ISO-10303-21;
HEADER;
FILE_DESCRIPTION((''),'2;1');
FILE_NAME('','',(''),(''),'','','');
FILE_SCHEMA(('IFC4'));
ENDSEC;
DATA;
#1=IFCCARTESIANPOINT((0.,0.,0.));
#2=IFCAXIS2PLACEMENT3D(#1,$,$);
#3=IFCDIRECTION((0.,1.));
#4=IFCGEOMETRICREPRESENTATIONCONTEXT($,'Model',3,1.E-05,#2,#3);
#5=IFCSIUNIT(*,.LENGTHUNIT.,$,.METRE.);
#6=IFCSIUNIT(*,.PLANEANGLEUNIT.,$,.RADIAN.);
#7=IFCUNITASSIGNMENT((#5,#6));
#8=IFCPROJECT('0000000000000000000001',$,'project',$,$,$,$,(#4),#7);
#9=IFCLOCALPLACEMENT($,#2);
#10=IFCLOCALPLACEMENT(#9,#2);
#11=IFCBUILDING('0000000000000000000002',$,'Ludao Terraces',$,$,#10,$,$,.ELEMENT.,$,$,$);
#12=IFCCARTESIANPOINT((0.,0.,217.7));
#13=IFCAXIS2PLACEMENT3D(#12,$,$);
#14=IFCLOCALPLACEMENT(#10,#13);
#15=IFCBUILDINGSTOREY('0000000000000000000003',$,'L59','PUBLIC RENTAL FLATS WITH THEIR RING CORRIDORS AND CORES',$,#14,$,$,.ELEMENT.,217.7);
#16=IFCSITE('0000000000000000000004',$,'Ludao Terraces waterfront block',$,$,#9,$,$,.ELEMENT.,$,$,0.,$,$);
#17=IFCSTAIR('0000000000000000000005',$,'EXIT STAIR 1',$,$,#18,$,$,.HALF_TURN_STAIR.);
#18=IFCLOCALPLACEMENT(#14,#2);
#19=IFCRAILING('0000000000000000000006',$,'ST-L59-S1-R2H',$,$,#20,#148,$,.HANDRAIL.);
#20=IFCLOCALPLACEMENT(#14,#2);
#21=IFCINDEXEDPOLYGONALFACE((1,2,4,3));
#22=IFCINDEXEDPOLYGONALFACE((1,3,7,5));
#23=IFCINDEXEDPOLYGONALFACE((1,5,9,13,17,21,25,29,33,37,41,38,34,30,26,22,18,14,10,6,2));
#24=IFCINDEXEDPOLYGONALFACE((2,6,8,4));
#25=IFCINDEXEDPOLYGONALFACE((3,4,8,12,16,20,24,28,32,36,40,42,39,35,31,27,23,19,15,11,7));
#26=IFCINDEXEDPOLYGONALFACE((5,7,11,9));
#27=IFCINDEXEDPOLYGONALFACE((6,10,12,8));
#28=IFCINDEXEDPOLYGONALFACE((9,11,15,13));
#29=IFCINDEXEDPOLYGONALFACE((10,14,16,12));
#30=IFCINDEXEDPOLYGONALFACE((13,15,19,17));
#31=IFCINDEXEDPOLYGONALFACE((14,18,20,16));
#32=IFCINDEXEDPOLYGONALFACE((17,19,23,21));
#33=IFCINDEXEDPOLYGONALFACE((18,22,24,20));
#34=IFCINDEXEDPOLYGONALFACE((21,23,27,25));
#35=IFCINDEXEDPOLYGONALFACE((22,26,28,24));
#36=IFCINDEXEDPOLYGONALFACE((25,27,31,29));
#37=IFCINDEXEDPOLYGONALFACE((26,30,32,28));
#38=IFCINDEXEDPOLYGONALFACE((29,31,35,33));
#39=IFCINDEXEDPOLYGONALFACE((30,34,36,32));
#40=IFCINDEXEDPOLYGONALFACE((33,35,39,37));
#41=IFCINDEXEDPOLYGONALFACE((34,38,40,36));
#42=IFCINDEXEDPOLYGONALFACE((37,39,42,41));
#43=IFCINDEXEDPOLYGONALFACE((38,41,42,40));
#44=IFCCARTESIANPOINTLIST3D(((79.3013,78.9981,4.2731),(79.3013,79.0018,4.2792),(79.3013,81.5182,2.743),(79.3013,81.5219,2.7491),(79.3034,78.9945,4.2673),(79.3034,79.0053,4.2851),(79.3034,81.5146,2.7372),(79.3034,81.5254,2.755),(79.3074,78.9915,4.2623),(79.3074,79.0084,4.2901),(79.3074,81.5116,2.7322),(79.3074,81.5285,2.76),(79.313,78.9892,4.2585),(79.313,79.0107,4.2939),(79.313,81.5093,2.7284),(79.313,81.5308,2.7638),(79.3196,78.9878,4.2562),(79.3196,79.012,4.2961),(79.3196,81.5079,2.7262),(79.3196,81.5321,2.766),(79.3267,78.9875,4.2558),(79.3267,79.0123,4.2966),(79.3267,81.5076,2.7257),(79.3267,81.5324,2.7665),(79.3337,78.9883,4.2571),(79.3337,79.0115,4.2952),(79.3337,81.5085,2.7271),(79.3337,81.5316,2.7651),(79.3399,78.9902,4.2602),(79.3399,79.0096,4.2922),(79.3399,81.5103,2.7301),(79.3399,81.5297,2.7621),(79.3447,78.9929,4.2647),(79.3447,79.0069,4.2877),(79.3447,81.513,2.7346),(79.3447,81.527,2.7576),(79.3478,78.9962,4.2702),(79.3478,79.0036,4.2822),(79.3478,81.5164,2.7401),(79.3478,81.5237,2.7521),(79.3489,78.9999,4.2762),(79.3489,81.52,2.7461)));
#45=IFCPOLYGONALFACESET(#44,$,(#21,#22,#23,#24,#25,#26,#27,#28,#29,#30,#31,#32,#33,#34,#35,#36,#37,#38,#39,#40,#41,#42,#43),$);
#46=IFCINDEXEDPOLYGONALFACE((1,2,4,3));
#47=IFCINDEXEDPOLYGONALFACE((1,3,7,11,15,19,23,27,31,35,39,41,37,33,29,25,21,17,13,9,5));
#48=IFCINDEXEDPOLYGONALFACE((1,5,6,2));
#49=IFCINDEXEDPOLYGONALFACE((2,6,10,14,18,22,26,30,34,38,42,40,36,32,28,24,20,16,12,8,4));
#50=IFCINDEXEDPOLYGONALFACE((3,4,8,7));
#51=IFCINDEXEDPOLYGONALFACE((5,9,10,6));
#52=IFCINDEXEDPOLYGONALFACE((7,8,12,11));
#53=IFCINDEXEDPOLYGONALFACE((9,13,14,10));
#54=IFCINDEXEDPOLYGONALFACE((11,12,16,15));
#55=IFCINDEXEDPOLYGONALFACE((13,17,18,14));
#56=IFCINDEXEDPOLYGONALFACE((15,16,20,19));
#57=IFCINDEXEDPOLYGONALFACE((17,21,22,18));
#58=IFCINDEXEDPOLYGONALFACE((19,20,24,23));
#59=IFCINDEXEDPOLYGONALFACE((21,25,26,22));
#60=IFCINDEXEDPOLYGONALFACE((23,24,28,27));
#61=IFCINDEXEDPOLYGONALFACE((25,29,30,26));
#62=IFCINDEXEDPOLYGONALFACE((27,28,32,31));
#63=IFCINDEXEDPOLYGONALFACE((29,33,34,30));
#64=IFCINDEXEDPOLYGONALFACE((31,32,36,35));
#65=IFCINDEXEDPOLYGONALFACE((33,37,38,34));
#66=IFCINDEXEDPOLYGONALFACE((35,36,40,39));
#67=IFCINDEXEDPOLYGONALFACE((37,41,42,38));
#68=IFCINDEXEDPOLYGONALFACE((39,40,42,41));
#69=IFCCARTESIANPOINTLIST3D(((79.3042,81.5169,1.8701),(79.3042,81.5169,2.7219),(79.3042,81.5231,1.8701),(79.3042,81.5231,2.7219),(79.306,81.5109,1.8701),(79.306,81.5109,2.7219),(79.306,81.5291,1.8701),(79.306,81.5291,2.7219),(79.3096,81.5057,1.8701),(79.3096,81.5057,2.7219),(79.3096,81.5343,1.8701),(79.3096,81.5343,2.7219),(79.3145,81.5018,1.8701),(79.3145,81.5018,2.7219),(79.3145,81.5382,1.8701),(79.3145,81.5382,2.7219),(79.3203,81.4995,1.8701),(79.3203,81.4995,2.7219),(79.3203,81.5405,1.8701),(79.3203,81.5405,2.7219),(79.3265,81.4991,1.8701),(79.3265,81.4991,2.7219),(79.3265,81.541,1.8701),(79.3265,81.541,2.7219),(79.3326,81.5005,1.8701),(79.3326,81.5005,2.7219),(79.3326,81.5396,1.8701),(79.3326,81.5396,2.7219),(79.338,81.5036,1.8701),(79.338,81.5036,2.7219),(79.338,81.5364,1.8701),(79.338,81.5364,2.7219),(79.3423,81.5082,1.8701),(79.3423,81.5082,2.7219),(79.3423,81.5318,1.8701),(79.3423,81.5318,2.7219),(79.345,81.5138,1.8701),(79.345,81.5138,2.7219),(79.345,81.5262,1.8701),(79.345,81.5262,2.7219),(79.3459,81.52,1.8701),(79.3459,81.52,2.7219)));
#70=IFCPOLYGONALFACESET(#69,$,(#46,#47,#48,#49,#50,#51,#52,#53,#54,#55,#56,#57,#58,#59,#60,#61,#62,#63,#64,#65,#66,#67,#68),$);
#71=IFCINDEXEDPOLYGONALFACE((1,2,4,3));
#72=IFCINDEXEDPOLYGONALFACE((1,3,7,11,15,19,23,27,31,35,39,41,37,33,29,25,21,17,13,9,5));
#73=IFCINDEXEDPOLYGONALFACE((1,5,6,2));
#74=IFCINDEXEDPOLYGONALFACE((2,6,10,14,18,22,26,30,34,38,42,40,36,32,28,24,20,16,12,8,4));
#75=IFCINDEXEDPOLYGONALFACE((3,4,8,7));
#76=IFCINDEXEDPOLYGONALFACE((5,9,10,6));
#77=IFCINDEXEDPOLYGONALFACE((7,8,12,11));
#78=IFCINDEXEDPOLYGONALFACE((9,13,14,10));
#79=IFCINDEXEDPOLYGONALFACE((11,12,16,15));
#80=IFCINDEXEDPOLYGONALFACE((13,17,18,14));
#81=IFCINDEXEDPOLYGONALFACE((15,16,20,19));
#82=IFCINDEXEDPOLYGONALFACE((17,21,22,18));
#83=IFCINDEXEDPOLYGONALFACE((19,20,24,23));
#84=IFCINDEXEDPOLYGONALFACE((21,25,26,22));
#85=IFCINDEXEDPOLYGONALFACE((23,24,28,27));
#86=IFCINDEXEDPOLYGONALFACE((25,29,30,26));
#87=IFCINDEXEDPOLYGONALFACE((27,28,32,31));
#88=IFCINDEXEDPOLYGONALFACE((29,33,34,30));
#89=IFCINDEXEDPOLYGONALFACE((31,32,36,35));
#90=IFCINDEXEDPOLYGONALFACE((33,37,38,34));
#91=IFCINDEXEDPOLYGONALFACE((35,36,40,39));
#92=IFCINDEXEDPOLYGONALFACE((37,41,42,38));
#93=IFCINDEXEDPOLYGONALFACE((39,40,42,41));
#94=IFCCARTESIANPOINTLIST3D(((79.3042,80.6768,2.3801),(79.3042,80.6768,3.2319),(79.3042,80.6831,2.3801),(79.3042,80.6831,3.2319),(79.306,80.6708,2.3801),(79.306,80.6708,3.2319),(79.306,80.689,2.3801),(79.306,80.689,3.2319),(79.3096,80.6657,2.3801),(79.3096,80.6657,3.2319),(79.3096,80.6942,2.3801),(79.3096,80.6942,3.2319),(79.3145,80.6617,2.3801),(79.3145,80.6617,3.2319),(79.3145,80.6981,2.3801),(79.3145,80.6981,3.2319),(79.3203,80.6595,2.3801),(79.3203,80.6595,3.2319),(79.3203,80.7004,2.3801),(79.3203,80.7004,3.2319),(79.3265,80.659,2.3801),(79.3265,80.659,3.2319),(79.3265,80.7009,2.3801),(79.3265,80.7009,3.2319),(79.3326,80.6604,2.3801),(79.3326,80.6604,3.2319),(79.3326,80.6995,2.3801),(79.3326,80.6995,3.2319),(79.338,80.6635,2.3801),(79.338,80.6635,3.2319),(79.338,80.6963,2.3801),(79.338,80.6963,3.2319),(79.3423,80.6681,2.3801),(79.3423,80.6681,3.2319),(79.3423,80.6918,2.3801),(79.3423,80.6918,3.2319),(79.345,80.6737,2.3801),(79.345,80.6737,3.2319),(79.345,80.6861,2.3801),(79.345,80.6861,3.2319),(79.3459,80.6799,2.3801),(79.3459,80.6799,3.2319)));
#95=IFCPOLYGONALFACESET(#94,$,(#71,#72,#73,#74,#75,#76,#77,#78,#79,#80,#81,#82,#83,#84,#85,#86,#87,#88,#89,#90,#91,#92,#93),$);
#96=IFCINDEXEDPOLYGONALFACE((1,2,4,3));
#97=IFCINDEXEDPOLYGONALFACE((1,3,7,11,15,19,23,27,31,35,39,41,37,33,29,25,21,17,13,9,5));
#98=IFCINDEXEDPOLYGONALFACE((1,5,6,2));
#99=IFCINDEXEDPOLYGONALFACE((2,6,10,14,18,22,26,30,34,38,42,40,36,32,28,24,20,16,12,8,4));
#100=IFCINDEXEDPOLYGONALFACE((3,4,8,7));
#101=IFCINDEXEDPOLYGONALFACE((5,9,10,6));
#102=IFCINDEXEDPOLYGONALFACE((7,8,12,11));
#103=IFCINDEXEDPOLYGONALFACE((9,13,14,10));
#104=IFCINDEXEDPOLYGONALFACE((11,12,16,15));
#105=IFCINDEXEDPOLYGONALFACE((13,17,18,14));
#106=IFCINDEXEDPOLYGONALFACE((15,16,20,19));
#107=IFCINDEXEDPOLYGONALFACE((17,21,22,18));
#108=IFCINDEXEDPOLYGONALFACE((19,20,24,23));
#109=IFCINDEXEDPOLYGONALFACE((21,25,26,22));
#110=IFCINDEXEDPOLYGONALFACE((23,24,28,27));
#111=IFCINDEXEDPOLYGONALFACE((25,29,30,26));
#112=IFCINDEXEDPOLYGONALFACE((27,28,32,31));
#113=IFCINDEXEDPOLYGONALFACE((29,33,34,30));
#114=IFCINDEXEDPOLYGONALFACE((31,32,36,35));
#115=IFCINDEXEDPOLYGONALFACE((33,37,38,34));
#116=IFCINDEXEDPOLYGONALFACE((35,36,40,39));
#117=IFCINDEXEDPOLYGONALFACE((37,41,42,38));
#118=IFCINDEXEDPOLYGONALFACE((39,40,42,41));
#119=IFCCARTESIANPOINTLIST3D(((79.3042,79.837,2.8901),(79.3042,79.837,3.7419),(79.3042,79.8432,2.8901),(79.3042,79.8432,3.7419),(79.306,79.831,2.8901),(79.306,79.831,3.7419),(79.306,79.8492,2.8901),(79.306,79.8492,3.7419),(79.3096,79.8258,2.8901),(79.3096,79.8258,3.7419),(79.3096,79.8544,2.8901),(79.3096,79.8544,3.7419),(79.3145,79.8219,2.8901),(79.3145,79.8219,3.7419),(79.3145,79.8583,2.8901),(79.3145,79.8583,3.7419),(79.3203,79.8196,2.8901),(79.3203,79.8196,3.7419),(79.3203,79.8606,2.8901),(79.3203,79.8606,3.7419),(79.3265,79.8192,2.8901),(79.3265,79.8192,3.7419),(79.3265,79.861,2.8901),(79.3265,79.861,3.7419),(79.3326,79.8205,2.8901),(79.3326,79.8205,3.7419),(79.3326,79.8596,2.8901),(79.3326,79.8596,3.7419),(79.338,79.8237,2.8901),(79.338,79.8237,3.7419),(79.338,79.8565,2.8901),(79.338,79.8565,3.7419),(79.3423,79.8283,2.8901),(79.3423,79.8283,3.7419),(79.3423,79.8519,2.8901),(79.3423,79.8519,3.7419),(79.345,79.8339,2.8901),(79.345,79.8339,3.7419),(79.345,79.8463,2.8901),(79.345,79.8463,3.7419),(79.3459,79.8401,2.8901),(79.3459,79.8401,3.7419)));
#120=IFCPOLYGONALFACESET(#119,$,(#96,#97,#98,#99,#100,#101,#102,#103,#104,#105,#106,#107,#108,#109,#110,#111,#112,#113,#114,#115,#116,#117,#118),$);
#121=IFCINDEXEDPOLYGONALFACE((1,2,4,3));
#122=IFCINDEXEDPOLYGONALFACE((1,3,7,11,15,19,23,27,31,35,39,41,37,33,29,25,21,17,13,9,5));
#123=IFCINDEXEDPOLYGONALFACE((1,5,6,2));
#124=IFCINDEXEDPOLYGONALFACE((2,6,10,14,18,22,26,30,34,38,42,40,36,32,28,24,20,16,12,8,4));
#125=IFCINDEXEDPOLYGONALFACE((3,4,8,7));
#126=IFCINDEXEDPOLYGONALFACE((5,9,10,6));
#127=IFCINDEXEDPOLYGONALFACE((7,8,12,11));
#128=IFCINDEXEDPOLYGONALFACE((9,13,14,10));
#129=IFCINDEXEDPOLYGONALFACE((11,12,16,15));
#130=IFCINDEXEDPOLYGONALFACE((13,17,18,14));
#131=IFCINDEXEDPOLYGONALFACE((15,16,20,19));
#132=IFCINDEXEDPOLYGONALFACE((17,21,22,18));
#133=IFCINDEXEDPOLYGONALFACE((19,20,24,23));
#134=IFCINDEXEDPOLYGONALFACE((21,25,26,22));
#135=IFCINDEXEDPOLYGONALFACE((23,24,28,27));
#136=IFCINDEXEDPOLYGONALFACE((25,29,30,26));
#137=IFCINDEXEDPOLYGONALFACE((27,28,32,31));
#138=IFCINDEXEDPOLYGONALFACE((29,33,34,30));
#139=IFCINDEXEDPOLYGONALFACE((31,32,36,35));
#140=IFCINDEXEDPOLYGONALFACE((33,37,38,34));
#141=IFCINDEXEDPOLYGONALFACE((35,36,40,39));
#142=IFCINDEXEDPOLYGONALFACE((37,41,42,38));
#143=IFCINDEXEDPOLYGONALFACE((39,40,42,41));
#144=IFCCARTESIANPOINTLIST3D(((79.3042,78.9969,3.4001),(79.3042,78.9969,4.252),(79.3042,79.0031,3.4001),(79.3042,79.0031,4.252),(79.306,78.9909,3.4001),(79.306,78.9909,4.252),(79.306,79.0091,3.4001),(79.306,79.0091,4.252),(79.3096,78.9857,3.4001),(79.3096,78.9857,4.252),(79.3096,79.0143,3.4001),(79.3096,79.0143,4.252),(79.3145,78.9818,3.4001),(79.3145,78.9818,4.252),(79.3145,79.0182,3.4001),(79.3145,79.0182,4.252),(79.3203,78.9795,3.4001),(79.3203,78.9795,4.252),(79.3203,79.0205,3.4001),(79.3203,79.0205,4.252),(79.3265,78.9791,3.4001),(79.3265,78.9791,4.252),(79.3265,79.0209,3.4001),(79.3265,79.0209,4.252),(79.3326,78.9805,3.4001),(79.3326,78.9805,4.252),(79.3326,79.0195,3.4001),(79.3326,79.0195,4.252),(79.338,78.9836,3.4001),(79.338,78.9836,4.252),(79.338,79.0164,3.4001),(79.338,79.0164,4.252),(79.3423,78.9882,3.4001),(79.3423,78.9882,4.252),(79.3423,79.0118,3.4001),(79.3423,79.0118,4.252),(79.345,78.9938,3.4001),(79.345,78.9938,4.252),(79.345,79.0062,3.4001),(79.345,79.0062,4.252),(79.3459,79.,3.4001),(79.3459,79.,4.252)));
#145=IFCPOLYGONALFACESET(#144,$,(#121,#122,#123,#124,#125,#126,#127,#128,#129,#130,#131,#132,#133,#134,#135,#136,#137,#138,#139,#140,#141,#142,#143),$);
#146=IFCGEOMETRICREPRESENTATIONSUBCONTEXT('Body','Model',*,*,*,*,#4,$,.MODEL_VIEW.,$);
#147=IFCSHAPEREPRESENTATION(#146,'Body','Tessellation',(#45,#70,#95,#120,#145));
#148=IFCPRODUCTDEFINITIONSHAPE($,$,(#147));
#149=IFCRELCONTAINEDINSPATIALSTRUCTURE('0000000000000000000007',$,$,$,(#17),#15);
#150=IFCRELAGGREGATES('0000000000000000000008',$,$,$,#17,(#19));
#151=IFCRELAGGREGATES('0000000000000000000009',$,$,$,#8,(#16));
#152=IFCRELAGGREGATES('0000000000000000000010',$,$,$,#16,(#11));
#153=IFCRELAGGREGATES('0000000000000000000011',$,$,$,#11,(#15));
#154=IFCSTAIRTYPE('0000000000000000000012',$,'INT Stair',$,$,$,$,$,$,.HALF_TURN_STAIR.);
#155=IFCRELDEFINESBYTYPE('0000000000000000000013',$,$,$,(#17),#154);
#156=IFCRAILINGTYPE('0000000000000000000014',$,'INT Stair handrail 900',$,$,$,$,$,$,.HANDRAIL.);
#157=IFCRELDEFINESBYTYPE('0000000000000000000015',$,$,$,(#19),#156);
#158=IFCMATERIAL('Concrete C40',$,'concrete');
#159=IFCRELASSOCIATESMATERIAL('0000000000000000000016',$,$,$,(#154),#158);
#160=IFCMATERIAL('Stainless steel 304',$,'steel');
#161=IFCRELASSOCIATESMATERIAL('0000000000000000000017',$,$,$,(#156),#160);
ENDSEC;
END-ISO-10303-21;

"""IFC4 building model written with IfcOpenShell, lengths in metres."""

from ifc_helpers import new_model, si_unit, direction, frame, origin, origin_2d, place, context, subcontext, project, spatial, circle, extrude, material, type_object, element, aggregate, save


model = new_model("IFC4")

# Units and contexts
model_context = context("Model", 3, precision=1e-05, world=origin(), true_north=direction((0.0, 1.0)))
body_context = subcontext(model_context, "Body", "Model", "MODEL_VIEW")
ifc_project = project(units=[si_unit("LENGTHUNIT", "METRE"), si_unit("PLANEANGLEUNIT", "RADIAN")], contexts=[model_context])

# Site, building, storey
site_placement = place(None, origin())
site = spatial("IfcSite", under=ifc_project, at=site_placement, Name="Ludao Terraces waterfront block", CompositionType="ELEMENT", RefElevation=0.0)
building_placement = place(site_placement, origin())
building = spatial("IfcBuilding", under=site, at=building_placement, Name="Ludao Terraces", CompositionType="ELEMENT")
storey_placement = place(building_placement, frame((0.0, 0.0, 217.7)))
storey = spatial("IfcBuildingStorey", under=building, at=storey_placement, Name="L59", Description="PUBLIC RENTAL FLATS WITH THEIR RING CORRIDORS AND CORES", CompositionType="ELEMENT", Elevation=217.7)

# Shared definitions
ifc_material_1 = material(Name="Concrete C40", Category="concrete")

# Stair, railing
stair_type = type_object("IfcStairType", Name="INT Stair", PredefinedType="HALF_TURN_STAIR", material=ifc_material_1)
stair_placement = place(storey_placement, origin())
stair = element("IfcStair", 1, at=stair_placement, inside=storey, type_object=stair_type, Name="EXIT STAIR 1", PredefinedType="HALF_TURN_STAIR")
ifc_material_2 = material(Name="Stainless steel 304", Category="steel")
railing_type_1 = type_object("IfcRailingType", Name="INT Stair handrail 900", PredefinedType="HANDRAIL", material=ifc_material_2)
railing_1_placement = place(storey_placement, frame((79.325, 81.52, 1.8701)))
railing_1 = element("IfcRailing", 2, at=railing_1_placement, type_object=railing_type_1, Name="ST-L59-S1-R2H", PredefinedType="HANDRAIL", context=body_context, shape_type="SweptSolid", body=[
    extrude(circle(Radius=0.0239, at=origin_2d()), frame((0.0, 0.0, 0.876), z_axis=(0.0, -0.854785, 0.518982), x_axis=(1.0, 0.0, 0.0)), (0.0, 0.0, 1.0), 2.9482),
    extrude(circle(Radius=0.021, at=origin_2d()), origin(), (0.0, 0.0, 1.0), 0.8518),
    extrude(circle(Radius=0.021, at=origin_2d()), frame((0.0, -0.8401, 0.51)), (0.0, 0.0, 1.0), 0.8518),
    extrude(circle(Radius=0.021, at=origin_2d()), frame((0.0, -1.6799, 1.02)), (0.0, 0.0, 1.0), 0.8518),
    extrude(circle(Radius=0.021, at=origin_2d()), frame((0.0, -2.52, 1.53)), (0.0, 0.0, 1.0), 0.8518),
])
aggregate(stair, [railing_1])

save(model, "model.ifc")
